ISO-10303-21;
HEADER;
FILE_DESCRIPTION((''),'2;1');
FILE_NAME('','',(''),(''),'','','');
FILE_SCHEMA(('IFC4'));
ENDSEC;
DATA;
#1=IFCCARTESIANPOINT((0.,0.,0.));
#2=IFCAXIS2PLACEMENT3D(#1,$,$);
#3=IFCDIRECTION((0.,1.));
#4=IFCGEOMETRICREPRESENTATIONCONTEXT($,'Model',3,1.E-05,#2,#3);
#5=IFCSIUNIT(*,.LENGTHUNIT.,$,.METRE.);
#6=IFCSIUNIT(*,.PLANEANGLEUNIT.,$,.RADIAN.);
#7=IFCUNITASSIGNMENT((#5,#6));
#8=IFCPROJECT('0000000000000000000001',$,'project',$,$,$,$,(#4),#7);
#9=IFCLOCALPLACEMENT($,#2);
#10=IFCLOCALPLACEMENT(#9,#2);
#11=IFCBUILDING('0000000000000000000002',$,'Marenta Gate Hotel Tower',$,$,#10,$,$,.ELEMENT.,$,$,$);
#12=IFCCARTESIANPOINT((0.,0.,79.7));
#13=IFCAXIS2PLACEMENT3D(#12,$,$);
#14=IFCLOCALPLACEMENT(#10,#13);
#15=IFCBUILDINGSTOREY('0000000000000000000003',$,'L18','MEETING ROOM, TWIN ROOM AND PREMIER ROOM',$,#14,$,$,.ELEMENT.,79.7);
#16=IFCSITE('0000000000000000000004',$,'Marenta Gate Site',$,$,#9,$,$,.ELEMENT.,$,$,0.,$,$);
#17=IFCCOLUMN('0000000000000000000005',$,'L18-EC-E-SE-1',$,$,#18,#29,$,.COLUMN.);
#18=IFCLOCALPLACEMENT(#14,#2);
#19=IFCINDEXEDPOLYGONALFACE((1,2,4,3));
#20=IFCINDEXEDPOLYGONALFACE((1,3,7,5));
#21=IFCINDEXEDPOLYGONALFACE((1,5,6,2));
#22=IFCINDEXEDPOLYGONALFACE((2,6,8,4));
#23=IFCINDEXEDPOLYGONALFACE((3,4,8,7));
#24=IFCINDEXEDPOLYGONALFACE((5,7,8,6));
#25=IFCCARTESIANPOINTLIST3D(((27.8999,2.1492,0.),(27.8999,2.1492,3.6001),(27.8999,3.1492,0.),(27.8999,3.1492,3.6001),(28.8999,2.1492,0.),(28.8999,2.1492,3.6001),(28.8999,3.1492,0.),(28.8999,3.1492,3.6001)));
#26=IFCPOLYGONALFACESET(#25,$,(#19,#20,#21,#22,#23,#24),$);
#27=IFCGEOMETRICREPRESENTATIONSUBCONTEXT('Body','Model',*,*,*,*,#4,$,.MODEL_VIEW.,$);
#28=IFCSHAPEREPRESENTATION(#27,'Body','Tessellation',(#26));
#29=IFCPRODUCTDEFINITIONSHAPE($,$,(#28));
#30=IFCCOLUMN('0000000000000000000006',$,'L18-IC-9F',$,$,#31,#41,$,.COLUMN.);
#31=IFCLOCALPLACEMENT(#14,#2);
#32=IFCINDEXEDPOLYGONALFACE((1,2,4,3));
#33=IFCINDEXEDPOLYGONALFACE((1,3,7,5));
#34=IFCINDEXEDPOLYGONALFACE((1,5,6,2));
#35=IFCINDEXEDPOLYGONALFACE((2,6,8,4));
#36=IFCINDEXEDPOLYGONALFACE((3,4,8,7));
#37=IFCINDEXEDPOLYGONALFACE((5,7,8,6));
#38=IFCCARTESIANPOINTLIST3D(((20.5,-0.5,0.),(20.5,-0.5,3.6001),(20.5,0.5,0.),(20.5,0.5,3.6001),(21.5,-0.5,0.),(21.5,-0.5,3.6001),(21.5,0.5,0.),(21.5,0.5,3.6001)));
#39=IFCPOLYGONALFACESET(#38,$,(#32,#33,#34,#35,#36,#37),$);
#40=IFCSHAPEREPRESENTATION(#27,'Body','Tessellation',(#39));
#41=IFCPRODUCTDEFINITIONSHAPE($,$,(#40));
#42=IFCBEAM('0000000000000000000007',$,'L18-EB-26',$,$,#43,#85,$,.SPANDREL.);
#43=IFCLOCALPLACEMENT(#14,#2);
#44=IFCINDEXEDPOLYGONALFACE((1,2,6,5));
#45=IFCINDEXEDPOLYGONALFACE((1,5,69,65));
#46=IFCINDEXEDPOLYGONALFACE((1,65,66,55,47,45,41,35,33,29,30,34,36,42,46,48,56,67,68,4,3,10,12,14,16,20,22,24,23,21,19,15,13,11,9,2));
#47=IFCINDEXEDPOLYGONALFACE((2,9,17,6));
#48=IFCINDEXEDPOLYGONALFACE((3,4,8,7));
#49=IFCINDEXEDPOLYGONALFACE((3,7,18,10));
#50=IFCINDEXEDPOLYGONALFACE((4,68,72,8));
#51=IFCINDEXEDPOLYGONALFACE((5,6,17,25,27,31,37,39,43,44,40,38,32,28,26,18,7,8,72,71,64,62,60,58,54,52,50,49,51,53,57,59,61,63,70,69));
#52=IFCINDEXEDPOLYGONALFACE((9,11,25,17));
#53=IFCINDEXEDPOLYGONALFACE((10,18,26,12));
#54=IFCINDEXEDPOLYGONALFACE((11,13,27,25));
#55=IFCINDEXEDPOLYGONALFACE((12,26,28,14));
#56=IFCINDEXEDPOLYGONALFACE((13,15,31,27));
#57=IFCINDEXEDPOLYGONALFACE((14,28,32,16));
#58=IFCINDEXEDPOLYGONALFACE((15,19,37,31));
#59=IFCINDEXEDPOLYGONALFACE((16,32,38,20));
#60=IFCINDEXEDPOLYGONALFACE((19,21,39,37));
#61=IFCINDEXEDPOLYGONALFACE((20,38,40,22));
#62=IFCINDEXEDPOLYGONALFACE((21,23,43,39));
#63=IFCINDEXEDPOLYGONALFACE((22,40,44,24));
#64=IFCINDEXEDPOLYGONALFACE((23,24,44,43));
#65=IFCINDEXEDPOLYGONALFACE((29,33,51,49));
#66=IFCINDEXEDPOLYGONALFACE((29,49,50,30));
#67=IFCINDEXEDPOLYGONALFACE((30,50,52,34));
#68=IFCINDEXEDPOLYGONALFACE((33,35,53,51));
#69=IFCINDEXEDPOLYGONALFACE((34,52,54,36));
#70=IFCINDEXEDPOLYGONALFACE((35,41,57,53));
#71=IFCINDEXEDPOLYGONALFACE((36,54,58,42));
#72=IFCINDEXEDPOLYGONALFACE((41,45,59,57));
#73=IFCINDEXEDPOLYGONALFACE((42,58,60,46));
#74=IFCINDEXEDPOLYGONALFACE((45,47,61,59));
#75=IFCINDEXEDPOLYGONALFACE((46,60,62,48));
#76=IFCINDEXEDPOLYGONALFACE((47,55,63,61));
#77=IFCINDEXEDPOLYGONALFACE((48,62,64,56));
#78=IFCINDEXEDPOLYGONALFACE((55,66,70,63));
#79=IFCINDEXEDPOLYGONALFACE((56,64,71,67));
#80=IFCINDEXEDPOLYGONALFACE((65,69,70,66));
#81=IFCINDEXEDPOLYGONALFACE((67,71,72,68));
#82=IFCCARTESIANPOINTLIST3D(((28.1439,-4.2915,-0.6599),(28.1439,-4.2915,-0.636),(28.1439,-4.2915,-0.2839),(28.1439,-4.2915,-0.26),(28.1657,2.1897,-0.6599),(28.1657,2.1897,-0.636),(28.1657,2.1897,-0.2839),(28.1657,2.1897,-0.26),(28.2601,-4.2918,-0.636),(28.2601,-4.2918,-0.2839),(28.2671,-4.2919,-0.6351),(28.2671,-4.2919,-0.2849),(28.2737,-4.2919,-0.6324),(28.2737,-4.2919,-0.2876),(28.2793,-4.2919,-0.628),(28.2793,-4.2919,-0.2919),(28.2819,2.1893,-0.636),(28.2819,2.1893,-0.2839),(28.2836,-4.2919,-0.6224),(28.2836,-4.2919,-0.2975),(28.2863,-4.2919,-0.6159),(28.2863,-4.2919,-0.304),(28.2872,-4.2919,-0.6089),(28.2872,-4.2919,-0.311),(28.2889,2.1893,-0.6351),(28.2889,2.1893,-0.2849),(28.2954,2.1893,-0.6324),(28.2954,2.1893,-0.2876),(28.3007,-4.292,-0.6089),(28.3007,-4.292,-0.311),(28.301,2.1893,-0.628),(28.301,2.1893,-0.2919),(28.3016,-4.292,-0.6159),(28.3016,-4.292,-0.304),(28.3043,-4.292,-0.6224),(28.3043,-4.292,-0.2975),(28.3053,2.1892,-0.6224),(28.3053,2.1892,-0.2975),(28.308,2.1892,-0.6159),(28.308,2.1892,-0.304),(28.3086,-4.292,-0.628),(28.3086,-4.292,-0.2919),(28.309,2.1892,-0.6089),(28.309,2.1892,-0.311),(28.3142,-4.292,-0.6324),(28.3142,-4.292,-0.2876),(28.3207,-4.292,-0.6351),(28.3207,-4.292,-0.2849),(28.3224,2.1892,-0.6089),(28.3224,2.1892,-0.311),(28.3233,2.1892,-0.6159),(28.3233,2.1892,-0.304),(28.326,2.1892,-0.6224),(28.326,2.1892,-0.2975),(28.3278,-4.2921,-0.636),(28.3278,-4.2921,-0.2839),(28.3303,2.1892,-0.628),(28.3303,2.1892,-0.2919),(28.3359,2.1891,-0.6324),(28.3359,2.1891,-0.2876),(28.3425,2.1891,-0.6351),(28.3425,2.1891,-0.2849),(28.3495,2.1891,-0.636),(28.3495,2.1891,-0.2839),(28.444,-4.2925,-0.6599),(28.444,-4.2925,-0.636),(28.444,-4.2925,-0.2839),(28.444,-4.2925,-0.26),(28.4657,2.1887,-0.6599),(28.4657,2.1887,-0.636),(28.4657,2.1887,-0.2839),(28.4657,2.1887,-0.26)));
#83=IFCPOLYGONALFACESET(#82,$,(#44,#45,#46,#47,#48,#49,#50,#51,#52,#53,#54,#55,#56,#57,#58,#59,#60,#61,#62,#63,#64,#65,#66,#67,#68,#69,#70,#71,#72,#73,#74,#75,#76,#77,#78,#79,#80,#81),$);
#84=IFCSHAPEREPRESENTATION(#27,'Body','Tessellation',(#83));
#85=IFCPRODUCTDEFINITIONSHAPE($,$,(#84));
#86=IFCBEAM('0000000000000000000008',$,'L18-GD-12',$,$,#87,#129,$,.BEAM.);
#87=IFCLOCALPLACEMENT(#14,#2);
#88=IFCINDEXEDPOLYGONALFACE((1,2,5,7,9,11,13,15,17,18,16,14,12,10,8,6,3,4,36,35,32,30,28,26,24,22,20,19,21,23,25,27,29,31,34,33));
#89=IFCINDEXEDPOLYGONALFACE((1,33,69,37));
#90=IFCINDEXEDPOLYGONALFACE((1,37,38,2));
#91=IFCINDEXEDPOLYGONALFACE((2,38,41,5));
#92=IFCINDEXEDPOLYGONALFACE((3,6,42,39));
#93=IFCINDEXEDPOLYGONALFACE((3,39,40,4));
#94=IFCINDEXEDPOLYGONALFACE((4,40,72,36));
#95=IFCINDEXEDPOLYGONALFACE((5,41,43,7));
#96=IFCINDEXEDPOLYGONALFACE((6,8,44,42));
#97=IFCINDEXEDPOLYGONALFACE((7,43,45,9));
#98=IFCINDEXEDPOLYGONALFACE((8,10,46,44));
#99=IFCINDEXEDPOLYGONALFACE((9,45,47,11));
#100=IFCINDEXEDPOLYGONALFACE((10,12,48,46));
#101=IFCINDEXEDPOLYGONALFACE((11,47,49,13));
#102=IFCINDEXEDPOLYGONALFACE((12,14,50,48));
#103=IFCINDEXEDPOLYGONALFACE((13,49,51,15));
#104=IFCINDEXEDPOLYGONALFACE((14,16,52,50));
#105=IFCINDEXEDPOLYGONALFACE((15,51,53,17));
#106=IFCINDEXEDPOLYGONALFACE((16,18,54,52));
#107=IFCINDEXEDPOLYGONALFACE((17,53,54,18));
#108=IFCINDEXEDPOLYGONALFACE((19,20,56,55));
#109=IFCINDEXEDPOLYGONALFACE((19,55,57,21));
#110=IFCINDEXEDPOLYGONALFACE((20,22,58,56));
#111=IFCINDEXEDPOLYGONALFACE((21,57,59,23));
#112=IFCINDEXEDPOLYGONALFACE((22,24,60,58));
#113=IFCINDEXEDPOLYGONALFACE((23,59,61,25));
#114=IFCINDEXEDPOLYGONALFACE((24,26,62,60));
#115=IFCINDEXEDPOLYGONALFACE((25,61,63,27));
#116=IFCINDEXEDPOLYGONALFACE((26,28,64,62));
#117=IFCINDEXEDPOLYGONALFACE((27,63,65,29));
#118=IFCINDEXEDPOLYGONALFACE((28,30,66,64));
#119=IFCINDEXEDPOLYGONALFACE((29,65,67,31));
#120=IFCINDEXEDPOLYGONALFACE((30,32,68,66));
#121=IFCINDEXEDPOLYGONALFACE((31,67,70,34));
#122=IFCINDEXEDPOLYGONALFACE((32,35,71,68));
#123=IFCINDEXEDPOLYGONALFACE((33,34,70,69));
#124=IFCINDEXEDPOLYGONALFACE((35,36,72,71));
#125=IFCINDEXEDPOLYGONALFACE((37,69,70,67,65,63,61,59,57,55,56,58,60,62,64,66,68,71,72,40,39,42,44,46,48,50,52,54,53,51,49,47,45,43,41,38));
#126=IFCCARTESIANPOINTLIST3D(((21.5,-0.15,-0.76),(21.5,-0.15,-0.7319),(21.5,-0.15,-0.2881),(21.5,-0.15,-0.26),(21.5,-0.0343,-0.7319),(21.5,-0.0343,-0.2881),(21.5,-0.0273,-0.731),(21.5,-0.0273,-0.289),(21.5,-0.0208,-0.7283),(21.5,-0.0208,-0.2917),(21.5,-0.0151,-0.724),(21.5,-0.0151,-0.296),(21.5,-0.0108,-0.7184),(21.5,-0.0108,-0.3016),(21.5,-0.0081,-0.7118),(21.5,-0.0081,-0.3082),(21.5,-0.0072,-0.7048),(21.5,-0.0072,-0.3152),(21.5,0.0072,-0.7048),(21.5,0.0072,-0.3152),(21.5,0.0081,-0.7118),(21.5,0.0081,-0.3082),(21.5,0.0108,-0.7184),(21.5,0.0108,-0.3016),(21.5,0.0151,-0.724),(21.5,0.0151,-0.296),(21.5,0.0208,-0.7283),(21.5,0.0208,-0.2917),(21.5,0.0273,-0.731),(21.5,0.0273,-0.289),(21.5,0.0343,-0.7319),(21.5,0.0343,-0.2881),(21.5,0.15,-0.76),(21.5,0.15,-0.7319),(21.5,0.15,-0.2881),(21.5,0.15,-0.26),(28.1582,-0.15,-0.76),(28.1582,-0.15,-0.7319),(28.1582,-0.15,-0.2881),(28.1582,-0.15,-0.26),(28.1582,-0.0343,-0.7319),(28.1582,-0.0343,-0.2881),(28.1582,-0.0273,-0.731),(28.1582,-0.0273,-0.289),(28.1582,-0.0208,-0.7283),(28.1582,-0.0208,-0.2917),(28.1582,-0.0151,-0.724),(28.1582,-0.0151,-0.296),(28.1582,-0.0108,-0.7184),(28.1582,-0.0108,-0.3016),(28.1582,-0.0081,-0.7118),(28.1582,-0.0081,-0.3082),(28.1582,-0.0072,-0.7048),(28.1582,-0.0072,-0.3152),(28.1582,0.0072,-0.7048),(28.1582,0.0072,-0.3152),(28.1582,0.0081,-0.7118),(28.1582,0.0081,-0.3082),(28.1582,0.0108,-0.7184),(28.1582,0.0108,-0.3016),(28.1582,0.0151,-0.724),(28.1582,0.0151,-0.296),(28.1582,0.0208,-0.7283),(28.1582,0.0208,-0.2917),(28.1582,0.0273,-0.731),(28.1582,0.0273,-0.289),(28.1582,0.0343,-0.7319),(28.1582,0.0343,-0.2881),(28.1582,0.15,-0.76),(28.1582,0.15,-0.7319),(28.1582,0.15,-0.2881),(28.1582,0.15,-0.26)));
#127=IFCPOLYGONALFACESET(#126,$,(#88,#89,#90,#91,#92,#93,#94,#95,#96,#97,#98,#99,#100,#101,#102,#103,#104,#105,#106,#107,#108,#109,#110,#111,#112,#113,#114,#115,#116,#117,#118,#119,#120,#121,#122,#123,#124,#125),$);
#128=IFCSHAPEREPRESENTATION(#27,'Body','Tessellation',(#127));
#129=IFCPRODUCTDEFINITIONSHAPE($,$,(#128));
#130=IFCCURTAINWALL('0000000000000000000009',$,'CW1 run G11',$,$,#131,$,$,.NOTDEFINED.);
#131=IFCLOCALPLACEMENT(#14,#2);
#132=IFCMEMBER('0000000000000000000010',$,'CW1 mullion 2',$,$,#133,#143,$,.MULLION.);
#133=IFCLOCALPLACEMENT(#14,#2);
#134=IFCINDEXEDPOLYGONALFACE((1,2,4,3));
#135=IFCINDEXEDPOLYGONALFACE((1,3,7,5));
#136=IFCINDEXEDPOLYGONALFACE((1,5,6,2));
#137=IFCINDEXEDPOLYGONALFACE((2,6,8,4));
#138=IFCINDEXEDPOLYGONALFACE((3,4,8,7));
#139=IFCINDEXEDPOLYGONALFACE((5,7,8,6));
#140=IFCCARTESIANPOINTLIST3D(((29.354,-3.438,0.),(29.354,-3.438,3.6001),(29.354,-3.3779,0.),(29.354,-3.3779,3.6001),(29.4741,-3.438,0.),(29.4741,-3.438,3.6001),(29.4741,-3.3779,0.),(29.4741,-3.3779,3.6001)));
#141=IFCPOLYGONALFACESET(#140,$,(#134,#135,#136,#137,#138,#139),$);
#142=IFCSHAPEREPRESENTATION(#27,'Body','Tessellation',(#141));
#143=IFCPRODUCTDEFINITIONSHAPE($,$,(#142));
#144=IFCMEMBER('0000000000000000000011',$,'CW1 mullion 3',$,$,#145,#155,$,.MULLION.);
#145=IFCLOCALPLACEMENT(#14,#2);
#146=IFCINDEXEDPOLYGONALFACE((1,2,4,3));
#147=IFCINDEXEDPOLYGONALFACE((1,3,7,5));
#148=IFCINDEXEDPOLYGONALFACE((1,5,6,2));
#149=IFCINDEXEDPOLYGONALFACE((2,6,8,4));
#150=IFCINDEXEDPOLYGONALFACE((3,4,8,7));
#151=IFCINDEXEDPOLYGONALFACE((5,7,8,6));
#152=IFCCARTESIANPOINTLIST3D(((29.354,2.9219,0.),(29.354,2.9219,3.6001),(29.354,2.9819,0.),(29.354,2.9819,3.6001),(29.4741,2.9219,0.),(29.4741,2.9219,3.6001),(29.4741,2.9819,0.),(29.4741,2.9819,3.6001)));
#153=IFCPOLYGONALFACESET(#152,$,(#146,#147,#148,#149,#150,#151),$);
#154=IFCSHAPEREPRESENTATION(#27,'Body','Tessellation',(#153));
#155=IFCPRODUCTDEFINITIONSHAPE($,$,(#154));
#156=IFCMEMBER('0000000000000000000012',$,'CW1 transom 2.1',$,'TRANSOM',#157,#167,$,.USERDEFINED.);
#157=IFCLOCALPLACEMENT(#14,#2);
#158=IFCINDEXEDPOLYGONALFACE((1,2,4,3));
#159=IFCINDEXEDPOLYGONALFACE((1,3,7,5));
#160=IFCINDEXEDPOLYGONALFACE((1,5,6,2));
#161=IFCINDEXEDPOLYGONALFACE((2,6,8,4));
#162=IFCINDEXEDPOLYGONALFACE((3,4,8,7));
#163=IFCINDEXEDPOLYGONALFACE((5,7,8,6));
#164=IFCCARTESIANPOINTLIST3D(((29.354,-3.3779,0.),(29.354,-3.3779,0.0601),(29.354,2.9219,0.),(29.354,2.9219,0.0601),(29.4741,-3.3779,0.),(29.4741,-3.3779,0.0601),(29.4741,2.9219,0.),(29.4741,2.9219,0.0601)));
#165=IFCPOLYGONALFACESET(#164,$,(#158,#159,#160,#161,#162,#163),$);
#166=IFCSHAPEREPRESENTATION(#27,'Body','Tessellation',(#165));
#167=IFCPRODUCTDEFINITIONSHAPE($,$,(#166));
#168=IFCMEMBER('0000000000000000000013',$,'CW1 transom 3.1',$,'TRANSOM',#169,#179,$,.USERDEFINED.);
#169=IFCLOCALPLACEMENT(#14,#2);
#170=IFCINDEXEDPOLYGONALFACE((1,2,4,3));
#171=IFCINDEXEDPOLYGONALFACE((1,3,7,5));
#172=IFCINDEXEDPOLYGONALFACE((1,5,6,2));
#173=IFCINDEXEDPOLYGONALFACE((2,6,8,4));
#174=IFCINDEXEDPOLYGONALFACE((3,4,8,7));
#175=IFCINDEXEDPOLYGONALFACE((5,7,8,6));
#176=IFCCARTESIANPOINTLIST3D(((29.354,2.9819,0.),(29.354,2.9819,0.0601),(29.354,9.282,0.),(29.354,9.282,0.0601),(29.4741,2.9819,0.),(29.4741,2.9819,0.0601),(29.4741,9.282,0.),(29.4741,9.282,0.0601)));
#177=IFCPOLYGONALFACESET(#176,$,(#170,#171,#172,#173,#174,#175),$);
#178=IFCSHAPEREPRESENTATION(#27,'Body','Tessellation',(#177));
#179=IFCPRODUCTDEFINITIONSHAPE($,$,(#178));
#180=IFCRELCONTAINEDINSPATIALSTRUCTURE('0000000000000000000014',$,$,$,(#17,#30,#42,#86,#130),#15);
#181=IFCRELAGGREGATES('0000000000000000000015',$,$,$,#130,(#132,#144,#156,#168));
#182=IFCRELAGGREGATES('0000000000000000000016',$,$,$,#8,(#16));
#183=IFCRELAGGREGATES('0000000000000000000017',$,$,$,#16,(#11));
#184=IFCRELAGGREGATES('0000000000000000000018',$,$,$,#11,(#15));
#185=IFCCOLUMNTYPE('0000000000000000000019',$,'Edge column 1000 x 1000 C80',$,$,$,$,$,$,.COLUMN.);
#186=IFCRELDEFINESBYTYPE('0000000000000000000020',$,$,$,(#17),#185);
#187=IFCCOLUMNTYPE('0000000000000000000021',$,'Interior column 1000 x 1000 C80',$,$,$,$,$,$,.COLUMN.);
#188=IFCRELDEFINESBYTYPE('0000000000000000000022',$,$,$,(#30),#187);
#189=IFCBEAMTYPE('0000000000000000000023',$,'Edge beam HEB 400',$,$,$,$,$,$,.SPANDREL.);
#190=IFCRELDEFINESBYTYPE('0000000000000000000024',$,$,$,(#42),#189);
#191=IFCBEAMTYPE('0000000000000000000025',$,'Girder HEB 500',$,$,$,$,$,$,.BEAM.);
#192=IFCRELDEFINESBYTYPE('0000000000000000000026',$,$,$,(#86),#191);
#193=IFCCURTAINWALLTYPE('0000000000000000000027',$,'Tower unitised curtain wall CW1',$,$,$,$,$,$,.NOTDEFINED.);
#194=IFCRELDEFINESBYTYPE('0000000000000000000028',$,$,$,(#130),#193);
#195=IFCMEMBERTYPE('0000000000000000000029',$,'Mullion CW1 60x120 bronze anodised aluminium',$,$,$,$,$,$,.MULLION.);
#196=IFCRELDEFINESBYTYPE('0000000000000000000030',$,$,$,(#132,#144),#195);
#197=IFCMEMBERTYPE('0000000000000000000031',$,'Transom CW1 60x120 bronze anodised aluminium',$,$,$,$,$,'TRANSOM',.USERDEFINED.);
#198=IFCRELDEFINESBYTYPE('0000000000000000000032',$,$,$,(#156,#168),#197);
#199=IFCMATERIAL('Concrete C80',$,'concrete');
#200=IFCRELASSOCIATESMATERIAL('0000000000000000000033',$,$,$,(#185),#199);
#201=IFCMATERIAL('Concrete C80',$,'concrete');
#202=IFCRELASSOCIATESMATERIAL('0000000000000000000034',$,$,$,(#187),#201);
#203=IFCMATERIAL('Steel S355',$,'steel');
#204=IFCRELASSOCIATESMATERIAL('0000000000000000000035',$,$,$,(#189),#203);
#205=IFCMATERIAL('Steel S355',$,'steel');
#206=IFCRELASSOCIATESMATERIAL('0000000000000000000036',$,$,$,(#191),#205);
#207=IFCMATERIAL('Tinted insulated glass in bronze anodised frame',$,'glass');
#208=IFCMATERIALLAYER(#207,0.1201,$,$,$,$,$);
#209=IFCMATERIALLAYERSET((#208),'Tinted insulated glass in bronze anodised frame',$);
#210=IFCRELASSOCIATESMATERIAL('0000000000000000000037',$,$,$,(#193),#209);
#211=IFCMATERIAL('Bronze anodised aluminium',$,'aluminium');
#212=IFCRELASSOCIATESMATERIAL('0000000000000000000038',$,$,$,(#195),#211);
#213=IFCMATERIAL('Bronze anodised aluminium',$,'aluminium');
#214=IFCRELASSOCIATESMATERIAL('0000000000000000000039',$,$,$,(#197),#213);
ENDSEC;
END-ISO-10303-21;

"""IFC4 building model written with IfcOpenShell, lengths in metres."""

from ifc_helpers import new_model, si_unit, direction, frame, origin, origin_2d, place, context, subcontext, project, spatial, rectangle, i_section, extrude, material, layer, layer_set, material_profile, profile_set, type_object, element, aggregate, save


model = new_model("IFC4")

# Units and contexts
model_context = context("Model", 3, precision=1e-05, world=origin(), true_north=direction((0.0, 1.0)))
body_context = subcontext(model_context, "Body", "Model", "MODEL_VIEW")
ifc_project = project(units=[si_unit("LENGTHUNIT", "METRE"), si_unit("PLANEANGLEUNIT", "RADIAN")], contexts=[model_context])

# Site, building, storey
site_placement = place(None, origin())
site = spatial("IfcSite", under=ifc_project, at=site_placement, Name="Marenta Gate Site", CompositionType="ELEMENT", RefElevation=0.0)
building_placement = place(site_placement, origin())
building = spatial("IfcBuilding", under=site, at=building_placement, Name="Marenta Gate Hotel Tower", CompositionType="ELEMENT")
storey_placement = place(building_placement, frame((0.0, 0.0, 79.7)))
storey = spatial("IfcBuildingStorey", under=building, at=storey_placement, Name="L18", Description="MEETING ROOM, TWIN ROOM AND PREMIER ROOM", CompositionType="ELEMENT", Elevation=79.7)

# Columns
ifc_material_1 = material(Name="Concrete C80", Category="concrete")
ifc_material_profile_1 = material_profile(ifc_material_1, rectangle(XDim=1.0, YDim=1.0, at=origin_2d()), Name="1000 x 1000")
ifc_profile_set_1 = profile_set([ifc_material_profile_1], Name="Concrete C80")
column_type_1 = type_object("IfcColumnType", Name="Edge column 1000 x 1000 C80", PredefinedType="COLUMN", material=ifc_profile_set_1)
column_1_placement = place(storey_placement, frame((28.3999, 2.6492, 0.0), z_axis=(0.0, 0.0, 1.0), x_axis=(1.0, 0.0, 0.0)))
element("IfcColumn", 1, at=column_1_placement, inside=storey, type_object=column_type_1, Name="L18-EC-E-SE-1", PredefinedType="COLUMN", context=body_context, shape_type="SweptSolid", body=[
    extrude(rectangle(XDim=1.0, YDim=1.0, at=origin_2d()), origin(), (0.0, 0.0, 1.0), 3.6001),
])
ifc_material_2 = material(Name="Concrete C80", Category="concrete")
ifc_material_profile_2 = material_profile(ifc_material_2, rectangle(XDim=1.0, YDim=1.0, at=origin_2d()), Name="1000 x 1000")
ifc_profile_set_2 = profile_set([ifc_material_profile_2], Name="Concrete C80")
column_type_2 = type_object("IfcColumnType", Name="Interior column 1000 x 1000 C80", PredefinedType="COLUMN", material=ifc_profile_set_2)
column_2_placement = place(storey_placement, frame((21.0, 0.0, 0.0), z_axis=(0.0, 0.0, 1.0), x_axis=(1.0, 0.0, 0.0)))
element("IfcColumn", 2, at=column_2_placement, inside=storey, type_object=column_type_2, Name="L18-IC-9F", PredefinedType="COLUMN", context=body_context, shape_type="SweptSolid", body=[
    extrude(rectangle(XDim=1.0, YDim=1.0, at=origin_2d()), origin(), (0.0, 0.0, 1.0), 3.6001),
])

# Beams
ifc_material_3 = material(Name="Steel S355", Category="steel")
ifc_material_profile_3 = material_profile(ifc_material_3, i_section(OverallWidth=0.3, OverallDepth=0.3999, WebThickness=0.0134, FlangeThickness=0.0239, FilletRadius=0.0271, at=origin_2d()), Name="HEB 400")
ifc_profile_set_3 = profile_set([ifc_material_profile_3], Name="Steel S355")
beam_type_1 = type_object("IfcBeamType", Name="Edge beam HEB 400", PredefinedType="SPANDREL", material=ifc_profile_set_3)
beam_1_placement = place(storey_placement, frame((28.3157, 2.1892, -0.46), z_axis=(-0.003353, -0.999994, 0.0), x_axis=(0.999994, -0.003353, 0.0)))
element("IfcBeam", 3, at=beam_1_placement, inside=storey, type_object=beam_type_1, Name="L18-EB-26", PredefinedType="SPANDREL", context=body_context, shape_type="SweptSolid", body=[
    extrude(i_section(OverallWidth=0.3, OverallDepth=0.3999, WebThickness=0.0134, FlangeThickness=0.0239, FilletRadius=0.0271, at=origin_2d()), origin(), (0.0, 0.0, 1.0), 6.4812),
])
ifc_material_4 = material(Name="Steel S355", Category="steel")
ifc_material_profile_4 = material_profile(ifc_material_4, i_section(OverallWidth=0.3, OverallDepth=0.5, WebThickness=0.0144, FlangeThickness=0.0281, FilletRadius=0.0271, at=origin_2d()), Name="HEB 500")
ifc_profile_set_4 = profile_set([ifc_material_profile_4], Name="Steel S355")
beam_type_2 = type_object("IfcBeamType", Name="Girder HEB 500", PredefinedType="BEAM", material=ifc_profile_set_4)
beam_2_placement = place(storey_placement, frame((21.5, 0.0, -0.51), z_axis=(1.0, 0.0, 0.0), x_axis=(0.0, 1.0, 0.0)))
element("IfcBeam", 4, at=beam_2_placement, inside=storey, type_object=beam_type_2, Name="L18-GD-12", PredefinedType="BEAM", context=body_context, shape_type="SweptSolid", body=[
    extrude(i_section(OverallWidth=0.3, OverallDepth=0.5, WebThickness=0.0144, FlangeThickness=0.0281, FilletRadius=0.0271, at=origin_2d()), origin(), (0.0, 0.0, 1.0), 6.6582),
])

# Curtain wall, members
ifc_material_5 = material(Name="Tinted insulated glass in bronze anodised frame", Category="glass")
ifc_layer_1 = layer(ifc_material_5, 0.1201)
ifc_layer_set_1 = layer_set([ifc_layer_1], Name="Tinted insulated glass in bronze anodised frame")
curtain_wall_type = type_object("IfcCurtainWallType", Name="Tower unitised curtain wall CW1", PredefinedType="NOTDEFINED", material=ifc_layer_set_1)
curtain_wall_placement = place(storey_placement, origin())
curtain_wall = element("IfcCurtainWall", 5, at=curtain_wall_placement, inside=storey, type_object=curtain_wall_type, Name="CW1 run G11", PredefinedType="NOTDEFINED")
ifc_material_6 = material(Name="Bronze anodised aluminium", Category="aluminium")
ifc_material_profile_5 = material_profile(ifc_material_6, rectangle(XDim=0.1201, YDim=0.0601, at=origin_2d()), Name="Mullion CW1 60x120 bronze anodised aluminium")
ifc_profile_set_5 = profile_set([ifc_material_profile_5], Name="Bronze anodised aluminium")
member_type_1 = type_object("IfcMemberType", Name="Mullion CW1 60x120 bronze anodised aluminium", PredefinedType="MULLION", material=ifc_profile_set_5)
member_1_placement = place(storey_placement, frame((29.4141, -3.408, 0.0), z_axis=(0.0, 0.0, 1.0), x_axis=(-1.0, 0.0, 0.0)))
member_1 = element("IfcMember", 6, at=member_1_placement, type_object=member_type_1, Name="CW1 mullion 2", PredefinedType="MULLION", context=body_context, shape_type="SweptSolid", body=[
    extrude(rectangle(XDim=0.1201, YDim=0.0601, at=origin_2d()), origin(), (0.0, 0.0, 1.0), 3.6001),
])
member_2_placement = place(storey_placement, frame((29.4141, 2.9519, 0.0), z_axis=(0.0, 0.0, 1.0), x_axis=(-1.0, 0.0, 0.0)))
member_2 = element("IfcMember", 7, at=member_2_placement, type_object=member_type_1, Name="CW1 mullion 3", PredefinedType="MULLION", context=body_context, shape_type="SweptSolid", body=[
    extrude(rectangle(XDim=0.1201, YDim=0.0601, at=origin_2d()), origin(), (0.0, 0.0, 1.0), 3.6001),
])
ifc_material_7 = material(Name="Bronze anodised aluminium", Category="aluminium")
ifc_material_profile_6 = material_profile(ifc_material_7, rectangle(XDim=0.1201, YDim=0.0601, at=origin_2d()), Name="Transom CW1 60x120 bronze anodised aluminium")
ifc_profile_set_6 = profile_set([ifc_material_profile_6], Name="Bronze anodised aluminium")
member_type_2 = type_object("IfcMemberType", Name="Transom CW1 60x120 bronze anodised aluminium", ElementType="TRANSOM", PredefinedType="USERDEFINED", material=ifc_profile_set_6)
member_3_placement = place(storey_placement, frame((29.4141, -3.3779, 0.03), z_axis=(0.0, 1.0, 0.0), x_axis=(-1.0, 0.0, 0.0)))
member_3 = element("IfcMember", 8, at=member_3_placement, type_object=member_type_2, Name="CW1 transom 2.1", ObjectType="TRANSOM", PredefinedType="USERDEFINED", context=body_context, shape_type="SweptSolid", body=[
    extrude(rectangle(XDim=0.1201, YDim=0.0601, at=origin_2d()), origin(), (0.0, 0.0, 1.0), 6.2998),
])
member_4_placement = place(storey_placement, frame((29.4141, 2.9819, 0.03), z_axis=(0.0, 1.0, 0.0), x_axis=(-1.0, 0.0, 0.0)))
member_4 = element("IfcMember", 9, at=member_4_placement, type_object=member_type_2, Name="CW1 transom 3.1", ObjectType="TRANSOM", PredefinedType="USERDEFINED", context=body_context, shape_type="SweptSolid", body=[
    extrude(rectangle(XDim=0.1201, YDim=0.0601, at=origin_2d()), origin(), (0.0, 0.0, 1.0), 6.3),
])
aggregate(curtain_wall, [member_1, member_2, member_3, member_4])

save(model, "model.ifc")
